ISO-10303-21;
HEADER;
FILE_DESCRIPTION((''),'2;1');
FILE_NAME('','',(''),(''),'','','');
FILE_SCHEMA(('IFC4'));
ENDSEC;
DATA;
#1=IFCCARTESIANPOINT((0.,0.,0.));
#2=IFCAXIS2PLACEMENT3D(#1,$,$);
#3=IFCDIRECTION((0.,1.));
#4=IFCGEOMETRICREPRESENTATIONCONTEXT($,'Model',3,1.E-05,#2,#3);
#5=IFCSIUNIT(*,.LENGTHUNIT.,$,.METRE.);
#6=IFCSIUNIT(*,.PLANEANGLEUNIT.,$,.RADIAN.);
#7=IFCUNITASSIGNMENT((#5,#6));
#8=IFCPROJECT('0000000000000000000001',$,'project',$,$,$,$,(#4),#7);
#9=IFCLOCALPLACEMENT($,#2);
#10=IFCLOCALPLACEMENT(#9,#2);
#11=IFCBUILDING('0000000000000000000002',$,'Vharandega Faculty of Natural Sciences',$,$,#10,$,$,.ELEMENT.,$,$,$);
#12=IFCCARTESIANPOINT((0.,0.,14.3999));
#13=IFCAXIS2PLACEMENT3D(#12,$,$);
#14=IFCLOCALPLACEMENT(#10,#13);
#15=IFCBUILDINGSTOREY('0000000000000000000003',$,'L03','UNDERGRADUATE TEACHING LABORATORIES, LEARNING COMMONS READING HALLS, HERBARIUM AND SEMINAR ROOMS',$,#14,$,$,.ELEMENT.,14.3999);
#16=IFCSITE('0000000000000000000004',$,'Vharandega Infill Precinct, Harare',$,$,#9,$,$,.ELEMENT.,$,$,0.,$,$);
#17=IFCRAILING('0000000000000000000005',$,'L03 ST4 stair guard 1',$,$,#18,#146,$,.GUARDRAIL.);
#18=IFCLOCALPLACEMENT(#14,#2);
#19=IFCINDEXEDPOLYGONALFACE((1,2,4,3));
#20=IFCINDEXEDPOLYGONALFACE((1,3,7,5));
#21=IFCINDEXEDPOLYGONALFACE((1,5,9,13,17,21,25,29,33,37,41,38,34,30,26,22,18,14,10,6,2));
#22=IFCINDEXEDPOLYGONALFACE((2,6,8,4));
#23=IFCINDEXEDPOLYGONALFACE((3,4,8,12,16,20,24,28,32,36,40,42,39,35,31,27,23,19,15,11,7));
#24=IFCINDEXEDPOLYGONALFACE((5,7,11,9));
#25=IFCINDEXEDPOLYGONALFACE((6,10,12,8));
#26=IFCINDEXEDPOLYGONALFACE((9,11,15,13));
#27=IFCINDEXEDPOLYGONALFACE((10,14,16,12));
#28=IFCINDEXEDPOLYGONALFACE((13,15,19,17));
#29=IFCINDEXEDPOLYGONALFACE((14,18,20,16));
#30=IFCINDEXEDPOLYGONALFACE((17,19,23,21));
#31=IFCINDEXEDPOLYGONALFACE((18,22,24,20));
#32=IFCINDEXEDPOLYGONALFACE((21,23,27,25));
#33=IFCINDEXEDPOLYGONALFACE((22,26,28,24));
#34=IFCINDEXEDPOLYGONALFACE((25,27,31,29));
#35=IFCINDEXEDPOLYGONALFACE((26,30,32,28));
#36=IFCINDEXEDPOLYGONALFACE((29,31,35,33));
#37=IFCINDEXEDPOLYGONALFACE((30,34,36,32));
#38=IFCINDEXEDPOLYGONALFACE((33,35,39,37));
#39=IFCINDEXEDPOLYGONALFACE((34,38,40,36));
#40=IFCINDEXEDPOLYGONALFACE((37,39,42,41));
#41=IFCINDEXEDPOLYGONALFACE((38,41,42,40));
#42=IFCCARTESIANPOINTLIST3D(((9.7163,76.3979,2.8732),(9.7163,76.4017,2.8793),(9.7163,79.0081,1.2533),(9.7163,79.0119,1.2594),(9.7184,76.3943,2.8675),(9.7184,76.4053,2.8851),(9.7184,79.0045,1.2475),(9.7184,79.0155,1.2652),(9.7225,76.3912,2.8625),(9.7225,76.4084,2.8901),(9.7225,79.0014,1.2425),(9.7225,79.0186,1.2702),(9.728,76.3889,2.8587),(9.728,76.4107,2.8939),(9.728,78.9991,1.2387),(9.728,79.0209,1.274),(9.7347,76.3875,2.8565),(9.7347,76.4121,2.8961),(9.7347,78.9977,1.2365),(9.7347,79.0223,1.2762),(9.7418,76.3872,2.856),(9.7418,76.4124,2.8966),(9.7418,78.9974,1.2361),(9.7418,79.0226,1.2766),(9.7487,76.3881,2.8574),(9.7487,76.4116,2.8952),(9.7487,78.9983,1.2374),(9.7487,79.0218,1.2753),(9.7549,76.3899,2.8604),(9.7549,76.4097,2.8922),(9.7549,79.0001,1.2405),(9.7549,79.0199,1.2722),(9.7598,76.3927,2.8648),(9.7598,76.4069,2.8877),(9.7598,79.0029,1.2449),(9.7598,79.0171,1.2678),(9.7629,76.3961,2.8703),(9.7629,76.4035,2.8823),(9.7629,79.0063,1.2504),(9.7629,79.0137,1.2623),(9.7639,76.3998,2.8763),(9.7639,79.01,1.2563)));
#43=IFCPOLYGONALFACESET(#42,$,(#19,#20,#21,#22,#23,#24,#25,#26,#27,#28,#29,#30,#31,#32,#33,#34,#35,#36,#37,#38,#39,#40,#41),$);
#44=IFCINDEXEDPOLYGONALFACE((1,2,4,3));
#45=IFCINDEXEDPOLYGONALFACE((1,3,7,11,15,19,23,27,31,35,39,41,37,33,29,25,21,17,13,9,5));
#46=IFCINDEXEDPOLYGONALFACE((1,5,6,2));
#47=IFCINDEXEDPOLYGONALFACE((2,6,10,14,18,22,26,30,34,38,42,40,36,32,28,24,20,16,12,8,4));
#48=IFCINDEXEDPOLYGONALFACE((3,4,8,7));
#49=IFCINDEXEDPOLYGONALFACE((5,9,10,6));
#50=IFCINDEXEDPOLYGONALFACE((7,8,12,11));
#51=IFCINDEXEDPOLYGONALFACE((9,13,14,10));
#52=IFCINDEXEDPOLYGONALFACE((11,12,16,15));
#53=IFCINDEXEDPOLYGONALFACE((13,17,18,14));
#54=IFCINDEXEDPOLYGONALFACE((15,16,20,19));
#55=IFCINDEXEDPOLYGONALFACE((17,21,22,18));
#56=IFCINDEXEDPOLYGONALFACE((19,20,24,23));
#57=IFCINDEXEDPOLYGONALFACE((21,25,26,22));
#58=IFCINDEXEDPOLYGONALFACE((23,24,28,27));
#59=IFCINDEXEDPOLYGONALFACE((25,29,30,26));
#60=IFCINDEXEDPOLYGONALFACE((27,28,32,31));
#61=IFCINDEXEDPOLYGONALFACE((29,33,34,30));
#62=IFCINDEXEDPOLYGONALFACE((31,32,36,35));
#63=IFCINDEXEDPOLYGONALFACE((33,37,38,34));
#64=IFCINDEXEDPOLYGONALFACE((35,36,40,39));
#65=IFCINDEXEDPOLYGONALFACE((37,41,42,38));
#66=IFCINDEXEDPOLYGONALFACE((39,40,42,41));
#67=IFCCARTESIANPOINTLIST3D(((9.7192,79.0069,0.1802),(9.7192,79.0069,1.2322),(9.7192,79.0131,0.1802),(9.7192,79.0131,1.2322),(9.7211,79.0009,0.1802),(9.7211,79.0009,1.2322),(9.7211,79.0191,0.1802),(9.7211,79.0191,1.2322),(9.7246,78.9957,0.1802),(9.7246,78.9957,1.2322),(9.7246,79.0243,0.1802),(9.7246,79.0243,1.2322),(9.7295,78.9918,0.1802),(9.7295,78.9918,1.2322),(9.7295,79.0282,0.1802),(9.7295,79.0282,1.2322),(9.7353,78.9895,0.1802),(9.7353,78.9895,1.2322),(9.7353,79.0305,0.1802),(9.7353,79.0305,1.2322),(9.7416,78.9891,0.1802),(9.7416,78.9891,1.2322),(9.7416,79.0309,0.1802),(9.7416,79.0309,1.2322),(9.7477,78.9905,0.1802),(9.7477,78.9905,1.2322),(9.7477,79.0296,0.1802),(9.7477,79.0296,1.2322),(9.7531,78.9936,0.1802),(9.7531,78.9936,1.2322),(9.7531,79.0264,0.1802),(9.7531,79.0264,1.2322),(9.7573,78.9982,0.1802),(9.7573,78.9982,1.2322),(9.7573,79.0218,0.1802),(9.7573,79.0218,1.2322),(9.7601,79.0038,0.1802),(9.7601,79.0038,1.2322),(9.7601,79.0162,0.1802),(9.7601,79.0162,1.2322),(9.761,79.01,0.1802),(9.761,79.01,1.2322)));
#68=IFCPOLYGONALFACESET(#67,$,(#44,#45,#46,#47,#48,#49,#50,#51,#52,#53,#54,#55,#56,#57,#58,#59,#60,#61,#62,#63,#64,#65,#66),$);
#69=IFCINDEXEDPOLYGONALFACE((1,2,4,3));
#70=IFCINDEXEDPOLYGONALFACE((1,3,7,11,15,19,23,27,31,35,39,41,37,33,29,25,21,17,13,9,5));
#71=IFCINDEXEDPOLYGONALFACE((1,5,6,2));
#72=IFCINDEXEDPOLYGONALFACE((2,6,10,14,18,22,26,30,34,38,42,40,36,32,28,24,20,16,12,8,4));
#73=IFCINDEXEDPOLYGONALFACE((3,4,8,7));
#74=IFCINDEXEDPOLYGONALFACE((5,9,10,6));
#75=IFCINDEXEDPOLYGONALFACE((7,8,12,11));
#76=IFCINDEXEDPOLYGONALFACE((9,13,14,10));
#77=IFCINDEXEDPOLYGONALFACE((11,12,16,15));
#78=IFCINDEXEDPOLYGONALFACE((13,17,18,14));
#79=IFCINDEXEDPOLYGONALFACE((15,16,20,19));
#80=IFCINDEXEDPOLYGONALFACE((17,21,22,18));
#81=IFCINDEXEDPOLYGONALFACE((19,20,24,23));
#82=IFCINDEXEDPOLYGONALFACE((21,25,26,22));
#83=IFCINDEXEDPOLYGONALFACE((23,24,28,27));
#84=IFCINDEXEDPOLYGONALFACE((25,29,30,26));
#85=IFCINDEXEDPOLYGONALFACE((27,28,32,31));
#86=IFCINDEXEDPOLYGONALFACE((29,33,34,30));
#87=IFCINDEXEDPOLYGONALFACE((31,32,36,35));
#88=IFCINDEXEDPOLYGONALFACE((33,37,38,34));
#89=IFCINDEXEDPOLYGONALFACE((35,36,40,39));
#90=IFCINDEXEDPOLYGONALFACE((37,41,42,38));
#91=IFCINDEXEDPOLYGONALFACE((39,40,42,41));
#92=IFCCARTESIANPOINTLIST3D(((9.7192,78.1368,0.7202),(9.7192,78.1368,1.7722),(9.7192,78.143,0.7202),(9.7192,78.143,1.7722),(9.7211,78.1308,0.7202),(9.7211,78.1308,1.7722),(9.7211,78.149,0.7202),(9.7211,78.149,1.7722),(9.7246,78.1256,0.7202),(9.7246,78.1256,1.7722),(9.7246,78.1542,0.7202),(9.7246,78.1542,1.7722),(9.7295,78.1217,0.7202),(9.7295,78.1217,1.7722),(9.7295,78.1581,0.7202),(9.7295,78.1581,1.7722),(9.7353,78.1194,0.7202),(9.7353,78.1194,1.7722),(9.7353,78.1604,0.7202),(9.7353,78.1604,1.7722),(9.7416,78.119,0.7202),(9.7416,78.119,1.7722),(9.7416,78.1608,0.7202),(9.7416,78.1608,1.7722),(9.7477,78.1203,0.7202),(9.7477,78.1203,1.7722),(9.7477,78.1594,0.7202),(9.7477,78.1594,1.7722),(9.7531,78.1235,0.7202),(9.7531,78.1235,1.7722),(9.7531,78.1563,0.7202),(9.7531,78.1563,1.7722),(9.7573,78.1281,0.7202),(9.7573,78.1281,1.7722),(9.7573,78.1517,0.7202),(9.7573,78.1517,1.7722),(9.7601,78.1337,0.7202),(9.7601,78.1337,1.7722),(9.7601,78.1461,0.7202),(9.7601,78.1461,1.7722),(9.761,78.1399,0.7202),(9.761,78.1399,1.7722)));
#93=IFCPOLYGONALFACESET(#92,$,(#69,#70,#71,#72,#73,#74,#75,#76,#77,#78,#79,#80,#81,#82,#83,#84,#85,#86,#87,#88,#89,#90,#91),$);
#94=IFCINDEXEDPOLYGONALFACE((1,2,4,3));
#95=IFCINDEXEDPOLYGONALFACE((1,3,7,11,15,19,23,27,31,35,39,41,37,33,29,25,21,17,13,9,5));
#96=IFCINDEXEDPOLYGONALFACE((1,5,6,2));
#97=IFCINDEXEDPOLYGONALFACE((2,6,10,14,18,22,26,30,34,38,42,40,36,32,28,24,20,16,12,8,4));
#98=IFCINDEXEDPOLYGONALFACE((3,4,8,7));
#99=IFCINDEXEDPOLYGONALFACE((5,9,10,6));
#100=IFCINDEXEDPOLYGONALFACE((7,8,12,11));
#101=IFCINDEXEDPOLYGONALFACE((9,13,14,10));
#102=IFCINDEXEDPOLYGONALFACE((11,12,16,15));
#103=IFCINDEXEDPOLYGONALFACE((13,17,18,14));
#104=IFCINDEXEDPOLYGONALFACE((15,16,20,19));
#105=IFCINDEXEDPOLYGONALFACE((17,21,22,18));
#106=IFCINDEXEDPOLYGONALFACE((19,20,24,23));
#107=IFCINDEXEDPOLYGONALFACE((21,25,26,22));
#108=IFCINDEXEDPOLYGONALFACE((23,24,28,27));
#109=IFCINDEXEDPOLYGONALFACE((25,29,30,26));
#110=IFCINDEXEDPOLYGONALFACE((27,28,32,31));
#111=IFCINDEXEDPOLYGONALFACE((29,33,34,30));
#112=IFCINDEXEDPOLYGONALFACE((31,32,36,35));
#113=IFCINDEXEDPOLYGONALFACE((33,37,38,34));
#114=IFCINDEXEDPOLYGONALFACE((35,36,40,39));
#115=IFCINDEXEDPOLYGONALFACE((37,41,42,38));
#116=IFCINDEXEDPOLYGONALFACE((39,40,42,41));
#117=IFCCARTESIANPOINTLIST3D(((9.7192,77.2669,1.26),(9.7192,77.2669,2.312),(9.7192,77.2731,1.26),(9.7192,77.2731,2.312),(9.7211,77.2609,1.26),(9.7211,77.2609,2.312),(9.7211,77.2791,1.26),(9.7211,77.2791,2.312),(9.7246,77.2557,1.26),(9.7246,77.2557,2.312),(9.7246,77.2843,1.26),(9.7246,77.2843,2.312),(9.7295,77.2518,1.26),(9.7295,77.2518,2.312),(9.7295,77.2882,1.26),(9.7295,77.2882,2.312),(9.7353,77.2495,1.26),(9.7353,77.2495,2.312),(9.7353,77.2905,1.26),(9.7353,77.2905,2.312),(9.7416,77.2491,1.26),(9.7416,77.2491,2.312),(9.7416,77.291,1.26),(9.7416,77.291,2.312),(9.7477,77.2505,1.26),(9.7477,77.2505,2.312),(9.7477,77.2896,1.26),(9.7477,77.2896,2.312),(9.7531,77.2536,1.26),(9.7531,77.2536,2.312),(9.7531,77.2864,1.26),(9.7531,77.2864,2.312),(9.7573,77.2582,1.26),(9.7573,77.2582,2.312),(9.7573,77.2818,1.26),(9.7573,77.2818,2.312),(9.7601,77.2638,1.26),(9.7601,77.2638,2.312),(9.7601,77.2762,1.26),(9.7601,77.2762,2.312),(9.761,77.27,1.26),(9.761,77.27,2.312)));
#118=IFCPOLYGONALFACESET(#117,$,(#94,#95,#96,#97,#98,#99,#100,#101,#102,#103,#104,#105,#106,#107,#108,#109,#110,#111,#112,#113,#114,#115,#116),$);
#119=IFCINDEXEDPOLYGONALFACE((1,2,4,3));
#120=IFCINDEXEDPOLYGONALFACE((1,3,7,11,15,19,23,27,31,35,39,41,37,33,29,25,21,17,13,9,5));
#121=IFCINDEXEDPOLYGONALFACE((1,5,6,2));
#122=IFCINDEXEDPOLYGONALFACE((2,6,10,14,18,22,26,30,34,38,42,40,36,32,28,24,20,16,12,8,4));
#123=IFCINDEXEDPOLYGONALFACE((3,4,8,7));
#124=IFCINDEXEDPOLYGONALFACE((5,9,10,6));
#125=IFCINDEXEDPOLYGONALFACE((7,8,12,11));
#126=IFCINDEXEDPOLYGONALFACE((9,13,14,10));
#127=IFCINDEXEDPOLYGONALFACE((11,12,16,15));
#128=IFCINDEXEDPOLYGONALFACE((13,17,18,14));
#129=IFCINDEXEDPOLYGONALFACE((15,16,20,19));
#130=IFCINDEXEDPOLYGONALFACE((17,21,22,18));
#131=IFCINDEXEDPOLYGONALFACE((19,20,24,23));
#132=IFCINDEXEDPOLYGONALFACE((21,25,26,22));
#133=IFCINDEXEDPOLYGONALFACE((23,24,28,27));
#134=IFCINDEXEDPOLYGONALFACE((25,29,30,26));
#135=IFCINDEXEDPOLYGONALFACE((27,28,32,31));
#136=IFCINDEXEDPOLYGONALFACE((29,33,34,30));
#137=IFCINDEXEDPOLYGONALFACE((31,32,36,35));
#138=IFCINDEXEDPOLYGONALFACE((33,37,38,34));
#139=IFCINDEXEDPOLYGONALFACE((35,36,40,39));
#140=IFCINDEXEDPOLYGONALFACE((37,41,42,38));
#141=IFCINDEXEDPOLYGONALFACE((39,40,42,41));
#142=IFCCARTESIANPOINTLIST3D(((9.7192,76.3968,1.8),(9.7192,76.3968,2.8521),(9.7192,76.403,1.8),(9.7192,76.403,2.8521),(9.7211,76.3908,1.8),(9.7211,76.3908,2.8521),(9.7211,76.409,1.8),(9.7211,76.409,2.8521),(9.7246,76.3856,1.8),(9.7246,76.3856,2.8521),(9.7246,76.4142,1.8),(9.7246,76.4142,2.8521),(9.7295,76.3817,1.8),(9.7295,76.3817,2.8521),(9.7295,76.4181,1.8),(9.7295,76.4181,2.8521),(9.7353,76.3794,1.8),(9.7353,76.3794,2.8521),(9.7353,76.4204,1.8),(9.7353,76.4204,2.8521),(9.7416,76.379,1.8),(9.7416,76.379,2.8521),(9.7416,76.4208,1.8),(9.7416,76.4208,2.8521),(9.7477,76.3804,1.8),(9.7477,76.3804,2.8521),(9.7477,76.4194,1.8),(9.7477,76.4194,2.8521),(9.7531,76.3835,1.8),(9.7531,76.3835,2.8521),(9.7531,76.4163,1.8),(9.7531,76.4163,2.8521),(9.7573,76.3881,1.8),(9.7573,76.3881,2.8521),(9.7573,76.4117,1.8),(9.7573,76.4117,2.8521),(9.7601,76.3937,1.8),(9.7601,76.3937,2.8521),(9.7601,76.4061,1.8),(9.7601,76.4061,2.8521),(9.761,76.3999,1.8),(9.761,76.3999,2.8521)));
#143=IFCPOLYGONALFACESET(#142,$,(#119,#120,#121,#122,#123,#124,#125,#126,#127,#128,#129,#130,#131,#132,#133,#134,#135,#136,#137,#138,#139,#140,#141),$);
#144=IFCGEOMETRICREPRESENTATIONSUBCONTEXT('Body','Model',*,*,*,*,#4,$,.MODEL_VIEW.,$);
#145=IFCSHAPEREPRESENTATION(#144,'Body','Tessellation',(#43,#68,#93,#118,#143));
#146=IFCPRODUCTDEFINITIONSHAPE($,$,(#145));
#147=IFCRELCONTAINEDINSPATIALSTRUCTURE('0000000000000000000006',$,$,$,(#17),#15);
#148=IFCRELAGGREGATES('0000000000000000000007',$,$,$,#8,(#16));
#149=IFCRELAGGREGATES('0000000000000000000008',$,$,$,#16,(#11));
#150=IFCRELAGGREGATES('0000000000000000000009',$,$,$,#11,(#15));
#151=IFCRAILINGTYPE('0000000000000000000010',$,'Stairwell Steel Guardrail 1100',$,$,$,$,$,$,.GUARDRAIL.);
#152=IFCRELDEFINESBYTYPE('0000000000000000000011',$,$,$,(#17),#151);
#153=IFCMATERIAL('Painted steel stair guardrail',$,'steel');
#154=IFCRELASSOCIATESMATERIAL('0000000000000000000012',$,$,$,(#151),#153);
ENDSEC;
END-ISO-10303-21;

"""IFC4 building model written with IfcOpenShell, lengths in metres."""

from ifc_helpers import new_model, si_unit, direction, frame, origin, origin_2d, place, context, subcontext, project, spatial, circle, extrude, material, type_object, element, save


model = new_model("IFC4")

# Units and contexts
model_context = context("Model", 3, precision=1e-05, world=origin(), true_north=direction((0.0, 1.0)))
body_context = subcontext(model_context, "Body", "Model", "MODEL_VIEW")
ifc_project = project(units=[si_unit("LENGTHUNIT", "METRE"), si_unit("PLANEANGLEUNIT", "RADIAN")], contexts=[model_context])

# Site, building, storey
site_placement = place(None, origin())
site = spatial("IfcSite", under=ifc_project, at=site_placement, Name="Vharandega Infill Precinct, Harare", CompositionType="ELEMENT", RefElevation=0.0)
building_placement = place(site_placement, origin())
building = spatial("IfcBuilding", under=site, at=building_placement, Name="Vharandega Faculty of Natural Sciences", CompositionType="ELEMENT")
storey_placement = place(building_placement, frame((0.0, 0.0, 14.3999)))
storey = spatial("IfcBuildingStorey", under=building, at=storey_placement, Name="L03", Description="UNDERGRADUATE TEACHING LABORATORIES, LEARNING COMMONS READING HALLS, HERBARIUM AND SEMINAR ROOMS", CompositionType="ELEMENT", Elevation=14.3999)

# Railing
ifc_material_1 = material(Name="Painted steel stair guardrail", Category="steel")
railing_type_1 = type_object("IfcRailingType", Name="Stairwell Steel Guardrail 1100", PredefinedType="GUARDRAIL", material=ifc_material_1)
railing_1_placement = place(storey_placement, frame((9.74, 79.01, 0.1802)))
element("IfcRailing", 1, at=railing_1_placement, inside=storey, type_object=railing_type_1, Name="L03 ST4 stair guard 1", PredefinedType="GUARDRAIL", context=body_context, shape_type="SweptSolid", body=[
    extrude(circle(Radius=0.0239, at=origin_2d()), frame((0.0, 0.0, 1.0762), z_axis=(0.0, -0.849668, 0.527317), x_axis=(1.0, 0.0, 0.0)), (0.0, 0.0, 1.0), 3.072),
    extrude(circle(Radius=0.021, at=origin_2d()), origin(), (0.0, 0.0, 1.0), 1.052),
    extrude(circle(Radius=0.021, at=origin_2d()), frame((0.0, -0.8701, 0.54)), (0.0, 0.0, 1.0), 1.052),
    extrude(circle(Radius=0.021, at=origin_2d()), frame((0.0, -1.74, 1.0798)), (0.0, 0.0, 1.0), 1.052),
    extrude(circle(Radius=0.021, at=origin_2d()), frame((0.0, -2.6101, 1.6199)), (0.0, 0.0, 1.0), 1.052),
])

save(model, "model.ifc")
